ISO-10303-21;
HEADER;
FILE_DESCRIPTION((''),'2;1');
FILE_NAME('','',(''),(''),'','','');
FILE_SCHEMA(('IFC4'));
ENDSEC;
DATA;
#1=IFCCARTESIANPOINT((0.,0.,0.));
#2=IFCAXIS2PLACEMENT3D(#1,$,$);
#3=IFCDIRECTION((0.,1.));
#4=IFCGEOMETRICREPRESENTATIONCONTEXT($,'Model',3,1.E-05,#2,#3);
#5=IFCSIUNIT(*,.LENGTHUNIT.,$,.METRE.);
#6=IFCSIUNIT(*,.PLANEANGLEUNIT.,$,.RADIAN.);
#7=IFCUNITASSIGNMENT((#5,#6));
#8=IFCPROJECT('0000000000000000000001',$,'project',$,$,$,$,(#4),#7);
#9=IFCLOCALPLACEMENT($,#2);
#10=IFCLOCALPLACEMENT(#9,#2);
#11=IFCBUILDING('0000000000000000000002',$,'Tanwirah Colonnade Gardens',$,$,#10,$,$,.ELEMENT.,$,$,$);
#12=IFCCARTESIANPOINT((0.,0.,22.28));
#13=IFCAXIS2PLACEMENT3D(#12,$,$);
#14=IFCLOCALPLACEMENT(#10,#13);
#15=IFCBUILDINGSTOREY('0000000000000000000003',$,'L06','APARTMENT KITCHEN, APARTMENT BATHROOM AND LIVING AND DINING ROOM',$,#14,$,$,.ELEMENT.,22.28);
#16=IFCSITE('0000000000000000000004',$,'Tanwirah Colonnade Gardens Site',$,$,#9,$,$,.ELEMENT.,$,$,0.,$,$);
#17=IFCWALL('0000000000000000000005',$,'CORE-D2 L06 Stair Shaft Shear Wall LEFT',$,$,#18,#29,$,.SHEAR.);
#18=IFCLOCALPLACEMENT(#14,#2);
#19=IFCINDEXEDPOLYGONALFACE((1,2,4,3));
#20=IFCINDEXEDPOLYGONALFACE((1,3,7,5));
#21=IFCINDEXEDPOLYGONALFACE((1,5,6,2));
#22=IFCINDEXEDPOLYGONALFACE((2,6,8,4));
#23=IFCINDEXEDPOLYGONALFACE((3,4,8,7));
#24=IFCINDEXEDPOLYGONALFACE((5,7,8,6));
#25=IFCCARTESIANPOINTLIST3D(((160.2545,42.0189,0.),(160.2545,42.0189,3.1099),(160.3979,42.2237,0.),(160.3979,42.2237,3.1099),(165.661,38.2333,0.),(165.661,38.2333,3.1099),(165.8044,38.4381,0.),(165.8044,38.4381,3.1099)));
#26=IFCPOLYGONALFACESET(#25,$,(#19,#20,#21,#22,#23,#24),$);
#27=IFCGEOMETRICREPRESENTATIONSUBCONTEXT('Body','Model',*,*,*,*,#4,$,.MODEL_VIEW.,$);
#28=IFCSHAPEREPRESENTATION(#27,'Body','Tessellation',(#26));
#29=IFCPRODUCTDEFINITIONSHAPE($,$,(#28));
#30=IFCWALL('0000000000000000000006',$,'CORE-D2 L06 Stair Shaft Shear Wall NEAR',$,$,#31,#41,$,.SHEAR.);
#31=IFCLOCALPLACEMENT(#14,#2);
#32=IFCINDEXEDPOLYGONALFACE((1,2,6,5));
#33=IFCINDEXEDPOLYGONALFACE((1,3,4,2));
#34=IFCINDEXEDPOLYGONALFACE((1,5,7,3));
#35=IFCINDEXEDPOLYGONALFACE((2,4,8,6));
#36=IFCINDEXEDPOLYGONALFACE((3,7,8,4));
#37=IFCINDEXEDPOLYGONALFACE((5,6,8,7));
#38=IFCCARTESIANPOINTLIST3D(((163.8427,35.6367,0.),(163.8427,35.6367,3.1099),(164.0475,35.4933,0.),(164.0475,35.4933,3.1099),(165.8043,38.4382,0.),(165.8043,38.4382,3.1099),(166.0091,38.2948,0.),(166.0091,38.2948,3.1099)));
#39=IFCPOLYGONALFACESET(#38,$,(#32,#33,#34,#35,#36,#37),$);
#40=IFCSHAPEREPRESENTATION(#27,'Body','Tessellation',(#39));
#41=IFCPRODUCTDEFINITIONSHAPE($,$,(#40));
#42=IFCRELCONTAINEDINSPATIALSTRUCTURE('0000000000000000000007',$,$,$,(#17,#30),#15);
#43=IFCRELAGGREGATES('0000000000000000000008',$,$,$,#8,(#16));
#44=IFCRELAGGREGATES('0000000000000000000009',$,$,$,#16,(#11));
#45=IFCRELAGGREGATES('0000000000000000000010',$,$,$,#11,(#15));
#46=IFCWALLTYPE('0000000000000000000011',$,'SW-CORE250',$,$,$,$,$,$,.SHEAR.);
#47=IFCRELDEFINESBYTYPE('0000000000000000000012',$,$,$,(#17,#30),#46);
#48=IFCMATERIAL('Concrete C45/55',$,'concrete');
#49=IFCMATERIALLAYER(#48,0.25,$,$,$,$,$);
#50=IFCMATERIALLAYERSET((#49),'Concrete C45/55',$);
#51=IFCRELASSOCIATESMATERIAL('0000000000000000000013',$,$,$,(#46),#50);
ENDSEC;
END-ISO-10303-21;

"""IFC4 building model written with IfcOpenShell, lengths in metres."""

from ifc_helpers import new_model, si_unit, direction, frame, frame_2d, origin, place, context, subcontext, project, spatial, rectangle, extrude, material, layer, layer_set, type_object, element, save


model = new_model("IFC4")

# Units and contexts
model_context = context("Model", 3, precision=1e-05, world=origin(), true_north=direction((0.0, 1.0)))
body_context = subcontext(model_context, "Body", "Model", "MODEL_VIEW")
ifc_project = project(units=[si_unit("LENGTHUNIT", "METRE"), si_unit("PLANEANGLEUNIT", "RADIAN")], contexts=[model_context])

# Site, building, storey
site_placement = place(None, origin())
site = spatial("IfcSite", under=ifc_project, at=site_placement, Name="Tanwirah Colonnade Gardens Site", CompositionType="ELEMENT", RefElevation=0.0)
building_placement = place(site_placement, origin())
building = spatial("IfcBuilding", under=site, at=building_placement, Name="Tanwirah Colonnade Gardens", CompositionType="ELEMENT")
storey_placement = place(building_placement, frame((0.0, 0.0, 22.28)))
storey = spatial("IfcBuildingStorey", under=building, at=storey_placement, Name="L06", Description="APARTMENT KITCHEN, APARTMENT BATHROOM AND LIVING AND DINING ROOM", CompositionType="ELEMENT", Elevation=22.28)

# Walls
ifc_material_1 = material(Name="Concrete C45/55", Category="concrete")
ifc_layer_1 = layer(ifc_material_1, 0.25)
ifc_layer_set_1 = layer_set([ifc_layer_1], Name="Concrete C45/55")
wall_type_1 = type_object("IfcWallType", Name="SW-CORE250", PredefinedType="SHEAR", material=ifc_layer_set_1)
wall_1_placement = place(storey_placement, frame((165.7327, 38.3357, 0.0), z_axis=(0.0, 0.0, 1.0), x_axis=(-0.819154, 0.573574, 0.0)))
element("IfcWall", 1, at=wall_1_placement, inside=storey, type_object=wall_type_1, Name="CORE-D2 L06 Stair Shaft Shear Wall LEFT", PredefinedType="SHEAR", context=body_context, shape_type="SweptSolid", body=[
    extrude(rectangle(XDim=6.6001, YDim=0.25, at=frame_2d((3.3, 0.0))), origin(), (0.0, 0.0, 1.0), 3.1099),
])
wall_2_placement = place(storey_placement, frame((165.9067, 38.3665, 0.0), z_axis=(0.0, 0.0, 1.0), x_axis=(-0.573582, -0.819148, 0.0)))
element("IfcWall", 2, at=wall_2_placement, inside=storey, type_object=wall_type_1, Name="CORE-D2 L06 Stair Shaft Shear Wall NEAR", PredefinedType="SHEAR", context=body_context, shape_type="SweptSolid", body=[
    extrude(rectangle(XDim=3.4199, YDim=0.25, at=frame_2d((1.71, 0.0))), origin(), (0.0, 0.0, 1.0), 3.1099),
])

save(model, "model.ifc")
